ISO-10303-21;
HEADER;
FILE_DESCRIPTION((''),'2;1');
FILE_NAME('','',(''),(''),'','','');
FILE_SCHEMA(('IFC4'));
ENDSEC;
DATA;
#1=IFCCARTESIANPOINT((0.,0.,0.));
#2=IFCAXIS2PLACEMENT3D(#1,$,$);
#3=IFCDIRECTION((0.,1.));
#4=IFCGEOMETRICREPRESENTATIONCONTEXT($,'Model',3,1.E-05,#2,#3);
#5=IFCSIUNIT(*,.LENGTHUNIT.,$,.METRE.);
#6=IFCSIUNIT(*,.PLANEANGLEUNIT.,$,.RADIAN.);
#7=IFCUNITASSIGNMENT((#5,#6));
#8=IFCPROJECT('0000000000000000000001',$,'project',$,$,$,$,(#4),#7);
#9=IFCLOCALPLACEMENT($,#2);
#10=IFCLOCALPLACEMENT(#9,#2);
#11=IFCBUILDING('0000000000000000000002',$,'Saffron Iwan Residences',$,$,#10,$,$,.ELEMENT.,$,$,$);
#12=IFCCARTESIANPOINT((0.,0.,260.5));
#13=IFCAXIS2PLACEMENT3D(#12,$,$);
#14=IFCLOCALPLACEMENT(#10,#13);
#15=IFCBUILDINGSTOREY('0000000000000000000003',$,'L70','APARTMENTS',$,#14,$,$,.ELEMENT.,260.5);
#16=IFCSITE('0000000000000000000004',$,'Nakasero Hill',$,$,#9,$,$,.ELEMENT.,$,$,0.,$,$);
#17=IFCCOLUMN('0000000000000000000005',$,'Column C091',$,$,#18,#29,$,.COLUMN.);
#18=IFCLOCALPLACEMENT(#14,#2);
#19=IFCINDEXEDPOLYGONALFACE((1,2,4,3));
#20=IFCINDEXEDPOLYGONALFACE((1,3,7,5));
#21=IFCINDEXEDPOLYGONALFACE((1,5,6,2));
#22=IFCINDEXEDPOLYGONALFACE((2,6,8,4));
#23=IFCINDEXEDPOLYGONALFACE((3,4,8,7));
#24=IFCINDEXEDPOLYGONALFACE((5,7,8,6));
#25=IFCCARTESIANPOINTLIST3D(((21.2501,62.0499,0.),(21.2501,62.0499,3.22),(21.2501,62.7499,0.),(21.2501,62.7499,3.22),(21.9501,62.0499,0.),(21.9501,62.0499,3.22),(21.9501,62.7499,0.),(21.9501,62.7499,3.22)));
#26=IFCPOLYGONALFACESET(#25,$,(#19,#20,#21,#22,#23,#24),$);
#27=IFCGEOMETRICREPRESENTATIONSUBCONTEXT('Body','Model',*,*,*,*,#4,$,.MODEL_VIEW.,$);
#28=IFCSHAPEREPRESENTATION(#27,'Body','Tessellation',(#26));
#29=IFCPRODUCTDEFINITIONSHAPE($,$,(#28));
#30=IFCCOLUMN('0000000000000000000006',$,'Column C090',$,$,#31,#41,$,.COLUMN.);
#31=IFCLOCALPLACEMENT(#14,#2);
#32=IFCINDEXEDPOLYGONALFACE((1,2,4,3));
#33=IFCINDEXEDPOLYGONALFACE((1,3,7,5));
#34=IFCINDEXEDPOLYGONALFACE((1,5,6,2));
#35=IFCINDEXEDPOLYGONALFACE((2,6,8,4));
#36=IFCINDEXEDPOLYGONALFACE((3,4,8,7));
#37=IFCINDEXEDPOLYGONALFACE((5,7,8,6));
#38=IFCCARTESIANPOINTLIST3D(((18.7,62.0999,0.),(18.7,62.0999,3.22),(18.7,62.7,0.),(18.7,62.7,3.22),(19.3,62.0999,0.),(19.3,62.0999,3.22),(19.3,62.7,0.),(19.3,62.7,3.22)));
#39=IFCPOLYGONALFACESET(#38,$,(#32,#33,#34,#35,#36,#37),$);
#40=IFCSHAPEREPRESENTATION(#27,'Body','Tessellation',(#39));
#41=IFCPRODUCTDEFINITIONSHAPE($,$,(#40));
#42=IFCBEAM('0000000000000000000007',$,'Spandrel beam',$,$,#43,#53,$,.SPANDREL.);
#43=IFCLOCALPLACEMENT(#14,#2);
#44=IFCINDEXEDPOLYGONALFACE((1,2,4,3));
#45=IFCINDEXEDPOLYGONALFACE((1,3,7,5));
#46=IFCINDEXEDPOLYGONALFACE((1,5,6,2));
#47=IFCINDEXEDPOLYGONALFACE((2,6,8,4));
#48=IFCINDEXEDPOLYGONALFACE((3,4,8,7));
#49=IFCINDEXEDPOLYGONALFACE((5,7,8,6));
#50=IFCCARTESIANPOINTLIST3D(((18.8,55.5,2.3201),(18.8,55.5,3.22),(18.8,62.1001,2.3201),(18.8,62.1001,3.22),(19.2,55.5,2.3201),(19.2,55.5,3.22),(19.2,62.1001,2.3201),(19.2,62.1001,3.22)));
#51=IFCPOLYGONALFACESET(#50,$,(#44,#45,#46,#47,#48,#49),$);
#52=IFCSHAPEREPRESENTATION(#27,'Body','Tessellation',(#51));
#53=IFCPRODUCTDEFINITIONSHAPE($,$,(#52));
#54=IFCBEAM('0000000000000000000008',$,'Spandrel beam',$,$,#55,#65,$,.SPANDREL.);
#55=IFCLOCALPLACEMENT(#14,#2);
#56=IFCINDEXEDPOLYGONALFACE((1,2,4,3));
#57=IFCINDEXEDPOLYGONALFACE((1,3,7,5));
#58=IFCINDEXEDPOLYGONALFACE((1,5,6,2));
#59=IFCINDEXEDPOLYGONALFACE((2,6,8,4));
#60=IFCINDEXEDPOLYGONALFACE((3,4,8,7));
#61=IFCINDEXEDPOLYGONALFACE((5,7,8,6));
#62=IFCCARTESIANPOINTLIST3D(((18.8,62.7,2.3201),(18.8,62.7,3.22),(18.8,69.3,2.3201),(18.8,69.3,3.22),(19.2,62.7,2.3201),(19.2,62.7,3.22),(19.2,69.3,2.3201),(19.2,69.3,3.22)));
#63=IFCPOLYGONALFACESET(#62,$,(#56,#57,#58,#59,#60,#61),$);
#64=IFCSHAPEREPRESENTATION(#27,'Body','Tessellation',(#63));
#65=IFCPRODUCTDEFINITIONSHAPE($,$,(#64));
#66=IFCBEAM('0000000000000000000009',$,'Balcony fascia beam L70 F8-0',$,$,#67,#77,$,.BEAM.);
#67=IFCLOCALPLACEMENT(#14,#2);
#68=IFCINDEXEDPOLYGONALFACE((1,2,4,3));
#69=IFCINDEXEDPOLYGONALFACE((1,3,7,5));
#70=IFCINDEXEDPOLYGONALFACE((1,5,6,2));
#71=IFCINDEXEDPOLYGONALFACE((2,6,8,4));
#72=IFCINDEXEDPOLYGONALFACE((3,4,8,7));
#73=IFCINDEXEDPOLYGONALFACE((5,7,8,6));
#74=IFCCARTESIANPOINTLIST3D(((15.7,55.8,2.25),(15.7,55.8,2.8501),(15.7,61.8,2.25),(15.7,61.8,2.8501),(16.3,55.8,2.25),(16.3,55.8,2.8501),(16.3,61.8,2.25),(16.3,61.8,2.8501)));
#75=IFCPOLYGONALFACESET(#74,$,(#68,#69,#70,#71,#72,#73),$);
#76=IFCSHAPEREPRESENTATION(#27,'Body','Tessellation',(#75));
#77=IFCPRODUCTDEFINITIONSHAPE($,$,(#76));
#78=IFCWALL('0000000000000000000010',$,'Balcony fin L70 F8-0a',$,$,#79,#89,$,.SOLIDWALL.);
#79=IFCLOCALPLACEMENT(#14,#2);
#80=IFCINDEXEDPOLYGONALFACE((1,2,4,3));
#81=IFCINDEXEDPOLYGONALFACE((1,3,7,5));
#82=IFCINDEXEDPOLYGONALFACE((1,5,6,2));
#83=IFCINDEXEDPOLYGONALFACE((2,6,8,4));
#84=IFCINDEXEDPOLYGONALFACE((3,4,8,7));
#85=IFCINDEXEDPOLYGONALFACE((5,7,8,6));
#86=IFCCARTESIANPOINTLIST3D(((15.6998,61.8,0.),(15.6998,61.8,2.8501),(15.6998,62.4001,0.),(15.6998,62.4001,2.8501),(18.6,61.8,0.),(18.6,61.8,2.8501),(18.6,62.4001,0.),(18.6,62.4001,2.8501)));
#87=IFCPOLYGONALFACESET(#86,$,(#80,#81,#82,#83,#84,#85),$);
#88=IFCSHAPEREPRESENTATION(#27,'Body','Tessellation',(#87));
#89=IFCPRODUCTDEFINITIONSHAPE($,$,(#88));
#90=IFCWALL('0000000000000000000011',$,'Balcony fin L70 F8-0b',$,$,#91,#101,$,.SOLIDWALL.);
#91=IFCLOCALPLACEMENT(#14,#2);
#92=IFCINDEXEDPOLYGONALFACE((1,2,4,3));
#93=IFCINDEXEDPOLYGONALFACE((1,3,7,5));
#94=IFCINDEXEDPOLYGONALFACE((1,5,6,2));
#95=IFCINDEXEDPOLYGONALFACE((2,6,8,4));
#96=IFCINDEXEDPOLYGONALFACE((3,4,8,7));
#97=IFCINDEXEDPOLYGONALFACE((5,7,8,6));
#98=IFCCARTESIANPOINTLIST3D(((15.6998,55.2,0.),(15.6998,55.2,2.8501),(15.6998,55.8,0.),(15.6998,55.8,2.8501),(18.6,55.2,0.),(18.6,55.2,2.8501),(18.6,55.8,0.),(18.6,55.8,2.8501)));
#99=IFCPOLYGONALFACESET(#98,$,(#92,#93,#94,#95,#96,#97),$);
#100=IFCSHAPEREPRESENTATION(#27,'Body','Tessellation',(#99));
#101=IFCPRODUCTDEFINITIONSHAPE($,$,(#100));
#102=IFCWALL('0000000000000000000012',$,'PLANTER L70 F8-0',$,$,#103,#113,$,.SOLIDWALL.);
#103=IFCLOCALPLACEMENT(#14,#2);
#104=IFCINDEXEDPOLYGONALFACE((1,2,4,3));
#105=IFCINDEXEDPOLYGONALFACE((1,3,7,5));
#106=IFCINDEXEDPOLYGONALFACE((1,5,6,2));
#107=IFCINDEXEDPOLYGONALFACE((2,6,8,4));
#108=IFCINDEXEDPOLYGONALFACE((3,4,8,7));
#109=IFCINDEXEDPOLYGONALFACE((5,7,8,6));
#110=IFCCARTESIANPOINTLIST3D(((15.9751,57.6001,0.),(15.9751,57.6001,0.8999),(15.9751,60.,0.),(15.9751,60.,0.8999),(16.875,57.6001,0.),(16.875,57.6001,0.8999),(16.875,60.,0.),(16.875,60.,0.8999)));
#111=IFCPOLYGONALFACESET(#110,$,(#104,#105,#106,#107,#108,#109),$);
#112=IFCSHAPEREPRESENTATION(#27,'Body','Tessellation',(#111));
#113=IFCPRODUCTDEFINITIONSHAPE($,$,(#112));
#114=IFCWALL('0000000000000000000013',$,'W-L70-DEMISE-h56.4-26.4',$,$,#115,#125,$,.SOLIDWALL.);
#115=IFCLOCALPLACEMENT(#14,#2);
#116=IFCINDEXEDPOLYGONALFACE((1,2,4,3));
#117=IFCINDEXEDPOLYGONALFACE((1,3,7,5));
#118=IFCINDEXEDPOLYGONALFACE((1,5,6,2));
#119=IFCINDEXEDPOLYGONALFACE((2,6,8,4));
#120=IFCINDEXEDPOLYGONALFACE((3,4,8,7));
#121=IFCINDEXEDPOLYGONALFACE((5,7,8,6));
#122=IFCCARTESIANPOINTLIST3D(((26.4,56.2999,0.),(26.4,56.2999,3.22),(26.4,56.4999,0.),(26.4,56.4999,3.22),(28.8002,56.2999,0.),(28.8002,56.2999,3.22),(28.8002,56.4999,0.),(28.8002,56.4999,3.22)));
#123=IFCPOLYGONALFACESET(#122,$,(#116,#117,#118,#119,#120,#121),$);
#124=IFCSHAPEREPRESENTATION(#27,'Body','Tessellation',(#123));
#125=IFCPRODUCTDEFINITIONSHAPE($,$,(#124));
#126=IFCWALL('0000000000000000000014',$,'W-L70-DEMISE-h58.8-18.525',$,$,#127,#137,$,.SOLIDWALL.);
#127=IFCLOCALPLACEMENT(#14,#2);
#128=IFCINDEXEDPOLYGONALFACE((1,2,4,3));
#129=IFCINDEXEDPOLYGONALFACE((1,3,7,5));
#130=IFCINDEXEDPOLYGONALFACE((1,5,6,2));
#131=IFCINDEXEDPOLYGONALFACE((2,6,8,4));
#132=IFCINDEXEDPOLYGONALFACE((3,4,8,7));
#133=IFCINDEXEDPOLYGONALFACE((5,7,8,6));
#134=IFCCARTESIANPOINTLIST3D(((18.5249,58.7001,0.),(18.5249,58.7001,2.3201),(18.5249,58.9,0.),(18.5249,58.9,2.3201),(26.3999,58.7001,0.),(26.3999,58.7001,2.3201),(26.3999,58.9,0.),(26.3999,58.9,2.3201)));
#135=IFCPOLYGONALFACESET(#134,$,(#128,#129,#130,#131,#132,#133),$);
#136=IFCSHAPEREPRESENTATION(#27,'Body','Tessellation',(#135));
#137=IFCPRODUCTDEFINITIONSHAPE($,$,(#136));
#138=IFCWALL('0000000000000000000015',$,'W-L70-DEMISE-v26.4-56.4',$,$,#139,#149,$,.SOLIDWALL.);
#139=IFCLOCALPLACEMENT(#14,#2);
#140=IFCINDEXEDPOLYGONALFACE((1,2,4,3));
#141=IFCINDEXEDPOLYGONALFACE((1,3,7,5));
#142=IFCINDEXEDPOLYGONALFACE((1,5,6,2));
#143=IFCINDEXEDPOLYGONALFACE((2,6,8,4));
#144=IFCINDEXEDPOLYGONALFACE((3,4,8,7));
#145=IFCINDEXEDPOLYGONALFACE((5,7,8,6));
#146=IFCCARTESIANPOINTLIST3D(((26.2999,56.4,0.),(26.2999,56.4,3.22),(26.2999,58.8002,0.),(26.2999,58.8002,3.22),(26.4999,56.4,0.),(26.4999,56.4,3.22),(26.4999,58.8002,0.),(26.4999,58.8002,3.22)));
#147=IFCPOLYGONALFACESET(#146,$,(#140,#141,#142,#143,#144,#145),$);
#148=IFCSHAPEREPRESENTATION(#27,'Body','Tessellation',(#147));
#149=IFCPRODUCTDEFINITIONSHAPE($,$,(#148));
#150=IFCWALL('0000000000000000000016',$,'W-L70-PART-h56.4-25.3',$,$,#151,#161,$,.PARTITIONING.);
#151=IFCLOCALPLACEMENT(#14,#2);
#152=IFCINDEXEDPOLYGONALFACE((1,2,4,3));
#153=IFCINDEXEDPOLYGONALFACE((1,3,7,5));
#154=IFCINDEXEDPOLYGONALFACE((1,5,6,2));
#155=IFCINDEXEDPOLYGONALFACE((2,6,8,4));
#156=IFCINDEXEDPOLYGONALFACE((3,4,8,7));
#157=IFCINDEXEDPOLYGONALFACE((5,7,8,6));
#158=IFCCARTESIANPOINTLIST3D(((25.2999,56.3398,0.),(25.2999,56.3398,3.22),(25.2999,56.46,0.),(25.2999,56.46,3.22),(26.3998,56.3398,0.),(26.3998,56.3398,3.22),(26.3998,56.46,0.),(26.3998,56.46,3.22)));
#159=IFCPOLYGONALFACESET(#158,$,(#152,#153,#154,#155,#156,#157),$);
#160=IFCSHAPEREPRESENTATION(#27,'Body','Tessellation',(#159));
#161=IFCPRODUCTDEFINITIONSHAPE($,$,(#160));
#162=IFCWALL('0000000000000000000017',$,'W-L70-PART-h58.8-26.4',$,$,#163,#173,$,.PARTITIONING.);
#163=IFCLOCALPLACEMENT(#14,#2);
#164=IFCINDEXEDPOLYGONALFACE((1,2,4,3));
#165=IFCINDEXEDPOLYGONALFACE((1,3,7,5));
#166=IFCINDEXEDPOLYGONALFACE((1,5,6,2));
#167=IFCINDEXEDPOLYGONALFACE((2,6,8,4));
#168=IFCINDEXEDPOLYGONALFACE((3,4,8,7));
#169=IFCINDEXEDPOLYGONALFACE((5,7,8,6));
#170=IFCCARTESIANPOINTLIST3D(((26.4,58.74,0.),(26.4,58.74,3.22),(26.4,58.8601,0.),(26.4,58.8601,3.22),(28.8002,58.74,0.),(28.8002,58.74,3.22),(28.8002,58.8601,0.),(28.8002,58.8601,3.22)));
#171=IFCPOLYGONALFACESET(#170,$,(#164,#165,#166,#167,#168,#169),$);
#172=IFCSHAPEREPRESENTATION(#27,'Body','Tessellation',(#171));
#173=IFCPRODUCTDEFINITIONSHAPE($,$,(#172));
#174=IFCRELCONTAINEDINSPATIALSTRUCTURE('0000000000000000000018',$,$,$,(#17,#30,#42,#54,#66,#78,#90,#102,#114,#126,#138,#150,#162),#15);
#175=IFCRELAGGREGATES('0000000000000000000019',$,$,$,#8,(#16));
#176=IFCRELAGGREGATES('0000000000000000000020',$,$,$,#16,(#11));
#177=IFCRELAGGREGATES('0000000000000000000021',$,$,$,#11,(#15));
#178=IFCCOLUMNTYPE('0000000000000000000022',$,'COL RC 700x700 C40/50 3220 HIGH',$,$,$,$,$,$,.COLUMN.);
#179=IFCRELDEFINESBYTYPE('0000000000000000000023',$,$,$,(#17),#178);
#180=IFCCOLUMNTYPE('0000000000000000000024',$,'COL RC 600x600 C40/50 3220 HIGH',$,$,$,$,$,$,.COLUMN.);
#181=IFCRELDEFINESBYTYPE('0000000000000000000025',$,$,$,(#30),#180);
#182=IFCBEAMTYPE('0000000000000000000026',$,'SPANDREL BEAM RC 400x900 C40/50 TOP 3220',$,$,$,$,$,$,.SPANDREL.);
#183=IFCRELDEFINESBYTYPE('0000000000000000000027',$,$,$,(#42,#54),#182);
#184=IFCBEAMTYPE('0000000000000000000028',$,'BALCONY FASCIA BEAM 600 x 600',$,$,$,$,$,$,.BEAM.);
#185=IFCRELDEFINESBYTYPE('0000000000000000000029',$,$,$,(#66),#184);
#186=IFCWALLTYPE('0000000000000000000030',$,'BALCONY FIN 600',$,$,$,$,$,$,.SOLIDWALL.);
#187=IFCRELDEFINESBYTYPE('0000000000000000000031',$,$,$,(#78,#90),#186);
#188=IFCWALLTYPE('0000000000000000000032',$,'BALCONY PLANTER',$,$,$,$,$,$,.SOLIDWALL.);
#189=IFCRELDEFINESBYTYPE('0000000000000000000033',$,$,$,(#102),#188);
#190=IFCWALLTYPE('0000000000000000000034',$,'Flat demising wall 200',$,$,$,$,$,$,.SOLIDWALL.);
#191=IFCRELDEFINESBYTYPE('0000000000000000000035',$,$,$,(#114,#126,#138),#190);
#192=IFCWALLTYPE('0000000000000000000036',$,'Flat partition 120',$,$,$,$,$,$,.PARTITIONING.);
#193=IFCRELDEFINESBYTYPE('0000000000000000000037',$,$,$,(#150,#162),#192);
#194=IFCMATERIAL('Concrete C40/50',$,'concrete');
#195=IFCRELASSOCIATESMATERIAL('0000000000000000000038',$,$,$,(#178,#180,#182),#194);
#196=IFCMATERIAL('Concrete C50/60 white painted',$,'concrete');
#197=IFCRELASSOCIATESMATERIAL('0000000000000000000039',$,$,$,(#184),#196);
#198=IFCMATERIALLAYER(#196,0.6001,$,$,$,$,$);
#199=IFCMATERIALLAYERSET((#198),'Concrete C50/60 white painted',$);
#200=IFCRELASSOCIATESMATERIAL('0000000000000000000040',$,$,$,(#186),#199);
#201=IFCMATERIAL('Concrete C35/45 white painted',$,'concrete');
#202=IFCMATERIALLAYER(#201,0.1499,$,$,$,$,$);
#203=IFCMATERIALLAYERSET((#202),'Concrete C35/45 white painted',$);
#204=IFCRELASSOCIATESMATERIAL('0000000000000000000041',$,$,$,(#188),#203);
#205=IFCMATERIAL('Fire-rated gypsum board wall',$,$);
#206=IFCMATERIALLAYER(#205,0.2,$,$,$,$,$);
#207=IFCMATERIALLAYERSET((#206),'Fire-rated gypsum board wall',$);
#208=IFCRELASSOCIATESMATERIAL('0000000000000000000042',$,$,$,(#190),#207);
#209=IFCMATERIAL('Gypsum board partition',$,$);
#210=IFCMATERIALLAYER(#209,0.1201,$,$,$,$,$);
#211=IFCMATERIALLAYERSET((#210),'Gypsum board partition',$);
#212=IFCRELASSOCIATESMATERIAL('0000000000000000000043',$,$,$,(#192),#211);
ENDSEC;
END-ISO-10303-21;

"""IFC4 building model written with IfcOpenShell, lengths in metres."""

from ifc_helpers import new_model, si_unit, direction, frame, frame_2d, origin, origin_2d, place, context, subcontext, project, spatial, rectangle, extrude, source, transform, mapped, material, layer, layer_set, material_profile, profile_set, type_object, element, save


model = new_model("IFC4")

# Units and contexts
model_context = context("Model", 3, precision=1e-05, world=origin(), true_north=direction((0.0, 1.0)))
body_context = subcontext(model_context, "Body", "Model", "MODEL_VIEW")
ifc_project = project(units=[si_unit("LENGTHUNIT", "METRE"), si_unit("PLANEANGLEUNIT", "RADIAN")], contexts=[model_context])

# Site, building, storey
site_placement = place(None, origin())
site = spatial("IfcSite", under=ifc_project, at=site_placement, Name="Nakasero Hill", CompositionType="ELEMENT", RefElevation=0.0)
building_placement = place(site_placement, origin())
building = spatial("IfcBuilding", under=site, at=building_placement, Name="Saffron Iwan Residences", CompositionType="ELEMENT")
storey_placement = place(building_placement, frame((0.0, 0.0, 260.5)))
storey = spatial("IfcBuildingStorey", under=building, at=storey_placement, Name="L70", Description="APARTMENTS", CompositionType="ELEMENT", Elevation=260.5)

# Columns
ifc_material_1 = material(Name="Concrete C40/50", Category="concrete")
ifc_material_profile_1 = material_profile(ifc_material_1, rectangle(XDim=0.7, YDim=0.7, at=origin_2d()), Name="RC 700x700")
ifc_profile_set_1 = profile_set([ifc_material_profile_1], Name="Concrete C40/50")
column_type_1 = type_object("IfcColumnType", Name="COL RC 700x700 C40/50 3220 HIGH", PredefinedType="COLUMN", material=ifc_profile_set_1)
shared_shape_1 = source(origin(), body_context, "Body", "SweptSolid", [
    extrude(rectangle(XDim=0.7, YDim=0.7, at=origin_2d()), origin(), (0.0, 0.0, 1.0), 3.22),
])
column_1_placement = place(storey_placement, frame((21.6001, 62.3999, 0.0), z_axis=(0.0, 0.0, 1.0), x_axis=(1.0, 0.0, 0.0)))
element("IfcColumn", 1, at=column_1_placement, inside=storey, type_object=column_type_1, Name="Column C091", PredefinedType="COLUMN", context=body_context, shape_type="MappedRepresentation", body=[
    mapped(shared_shape_1, transform((0.0, 0.0, 0.0))),
])
ifc_material_profile_2 = material_profile(ifc_material_1, rectangle(XDim=0.6001, YDim=0.6001, at=origin_2d()), Name="RC 600x600")
ifc_profile_set_2 = profile_set([ifc_material_profile_2], Name="Concrete C40/50")
column_type_2 = type_object("IfcColumnType", Name="COL RC 600x600 C40/50 3220 HIGH", PredefinedType="COLUMN", material=ifc_profile_set_2)
shared_shape_2 = source(origin(), body_context, "Body", "SweptSolid", [
    extrude(rectangle(XDim=0.6001, YDim=0.6001, at=origin_2d()), origin(), (0.0, 0.0, 1.0), 3.22),
])
column_2_placement = place(storey_placement, frame((19.0, 62.3999, 0.0), z_axis=(0.0, 0.0, 1.0), x_axis=(1.0, 0.0, 0.0)))
element("IfcColumn", 2, at=column_2_placement, inside=storey, type_object=column_type_2, Name="Column C090", PredefinedType="COLUMN", context=body_context, shape_type="MappedRepresentation", body=[
    mapped(shared_shape_2, transform((0.0, 0.0, 0.0))),
])

# Beams
ifc_material_profile_3 = material_profile(ifc_material_1, rectangle(XDim=0.3999, YDim=0.8999, at=origin_2d()), Name="RC 400x900")
ifc_profile_set_3 = profile_set([ifc_material_profile_3], Name="Concrete C40/50")
beam_type_1 = type_object("IfcBeamType", Name="SPANDREL BEAM RC 400x900 C40/50 TOP 3220", PredefinedType="SPANDREL", material=ifc_profile_set_3)
shared_shape_3 = source(origin(), body_context, "Body", "SweptSolid", [
    extrude(rectangle(XDim=0.3999, YDim=0.8999, at=origin_2d()), origin(), (0.0, 0.0, 1.0), 6.6001),
])
for number, where, z_axis, x_axis, name in (
    (3, (19.0, 55.5, 2.77), (0.0, 1.0, 0.0), (-1.0, 0.0, 0.0), "Spandrel beam"),
    (4, (19.0, 62.7, 2.77), (0.0, 1.0, 0.0), (-1.0, 0.0, 0.0), "Spandrel beam"),
):
    element("IfcBeam", number, at=place(storey_placement, frame(where, z_axis=z_axis, x_axis=x_axis)), inside=storey, type_object=beam_type_1, Name=name, PredefinedType="SPANDREL", context=body_context, shape_type="MappedRepresentation", body=[
        mapped(shared_shape_3, transform((0.0, 0.0, 0.0))),
    ])
ifc_material_2 = material(Name="Concrete C50/60 white painted", Category="concrete")
ifc_material_profile_4 = material_profile(ifc_material_2, rectangle(XDim=0.6001, YDim=0.6001, at=origin_2d()), Name="BALCONY FASCIA BEAM 600 x 600")
ifc_profile_set_4 = profile_set([ifc_material_profile_4], Name="Concrete C50/60 white painted")
beam_type_2 = type_object("IfcBeamType", Name="BALCONY FASCIA BEAM 600 x 600", PredefinedType="BEAM", material=ifc_profile_set_4)
shared_shape_4 = source(origin(), body_context, "Body", "SweptSolid", [
    extrude(rectangle(XDim=0.6001, YDim=0.6001, at=origin_2d()), origin(), (0.0, 0.0, 1.0), 6.0),
])
beam_placement = place(storey_placement, frame((16.0, 61.8, 2.55), z_axis=(0.0, -1.0, 0.0), x_axis=(1.0, 0.0, 0.0)))
element("IfcBeam", 5, at=beam_placement, inside=storey, type_object=beam_type_2, Name="Balcony fascia beam L70 F8-0", PredefinedType="BEAM", context=body_context, shape_type="MappedRepresentation", body=[
    mapped(shared_shape_4, transform((0.0, 0.0, 0.0))),
])

# Walls
ifc_layer_1 = layer(ifc_material_2, 0.6001)
ifc_layer_set_1 = layer_set([ifc_layer_1], Name="Concrete C50/60 white painted")
wall_type_1 = type_object("IfcWallType", Name="BALCONY FIN 600", PredefinedType="SOLIDWALL", material=ifc_layer_set_1)
for number, where, z_axis, x_axis, name in (
    (6, (18.6001, 62.1001, 0.0), (0.0, 0.0, 1.0), (-1.0, 0.0, 0.0), "Balcony fin L70 F8-0a"),
    (7, (18.6001, 55.5, 0.0), (0.0, 0.0, 1.0), (-1.0, 0.0, 0.0), "Balcony fin L70 F8-0b"),
):
    element("IfcWall", number, at=place(storey_placement, frame(where, z_axis=z_axis, x_axis=x_axis)), inside=storey, type_object=wall_type_1, Name=name, PredefinedType="SOLIDWALL", context=body_context, shape_type="SweptSolid", body=[
        extrude(rectangle(XDim=2.9001, YDim=0.6001, at=frame_2d((1.4502, 0.0))), origin(), (0.0, 0.0, 1.0), 2.8501),
    ])
ifc_material_3 = material(Name="Concrete C35/45 white painted", Category="concrete")
ifc_layer_2 = layer(ifc_material_3, 0.1499)
ifc_layer_set_2 = layer_set([ifc_layer_2], Name="Concrete C35/45 white painted")
wall_type_2 = type_object("IfcWallType", Name="BALCONY PLANTER", PredefinedType="SOLIDWALL", material=ifc_layer_set_2)
wall_1_placement = place(storey_placement, frame((16.425, 60.0, 0.0), z_axis=(0.0, 0.0, 1.0), x_axis=(0.0, -1.0, 0.0)))
element("IfcWall", 8, at=wall_1_placement, inside=storey, type_object=wall_type_2, Name="PLANTER L70 F8-0", PredefinedType="SOLIDWALL", context=body_context, shape_type="SweptSolid", body=[
    extrude(rectangle(XDim=2.3999, YDim=0.8999, at=frame_2d((1.2, 0.0))), origin(), (0.0, 0.0, 1.0), 0.8999),
])

# Walls
ifc_material_4 = material(Name="Fire-rated gypsum board wall")
ifc_layer_3 = layer(ifc_material_4, 0.2)
ifc_layer_set_3 = layer_set([ifc_layer_3], Name="Fire-rated gypsum board wall")
wall_type_3 = type_object("IfcWallType", Name="Flat demising wall 200", PredefinedType="SOLIDWALL", material=ifc_layer_set_3)
wall_2_placement = place(storey_placement, frame((26.3999, 56.3999, 0.0), z_axis=(0.0, 0.0, 1.0), x_axis=(1.0, 0.0, 0.0)))
element("IfcWall", 9, at=wall_2_placement, inside=storey, type_object=wall_type_3, Name="W-L70-DEMISE-h56.4-26.4", PredefinedType="SOLIDWALL", context=body_context, shape_type="SweptSolid", body=[
    extrude(rectangle(XDim=2.4001, YDim=0.2, at=frame_2d((1.2002, 0.0))), origin(), (0.0, 0.0, 1.0), 3.22),
])
wall_3_placement = place(storey_placement, frame((18.5249, 58.8, 0.0), z_axis=(0.0, 0.0, 1.0), x_axis=(1.0, 0.0, 0.0)))
element("IfcWall", 10, at=wall_3_placement, inside=storey, type_object=wall_type_3, Name="W-L70-DEMISE-h58.8-18.525", PredefinedType="SOLIDWALL", context=body_context, shape_type="SweptSolid", body=[
    extrude(rectangle(XDim=7.875, YDim=0.2, at=frame_2d((3.9375, 0.0))), origin(), (0.0, 0.0, 1.0), 2.3201),
])
wall_4_placement = place(storey_placement, frame((26.3999, 56.3999, 0.0), z_axis=(0.0, 0.0, 1.0), x_axis=(0.0, 1.0, 0.0)))
element("IfcWall", 11, at=wall_4_placement, inside=storey, type_object=wall_type_3, Name="W-L70-DEMISE-v26.4-56.4", PredefinedType="SOLIDWALL", context=body_context, shape_type="SweptSolid", body=[
    extrude(rectangle(XDim=2.4001, YDim=0.2, at=frame_2d((1.2002, 0.0))), origin(), (0.0, 0.0, 1.0), 3.22),
])
ifc_material_5 = material(Name="Gypsum board partition")
ifc_layer_4 = layer(ifc_material_5, 0.1201)
ifc_layer_set_4 = layer_set([ifc_layer_4], Name="Gypsum board partition")
wall_type_4 = type_object("IfcWallType", Name="Flat partition 120", PredefinedType="PARTITIONING", material=ifc_layer_set_4)
wall_5_placement = place(storey_placement, frame((25.3, 56.3999, 0.0), z_axis=(0.0, 0.0, 1.0), x_axis=(1.0, 0.0, 0.0)))
element("IfcWall", 12, at=wall_5_placement, inside=storey, type_object=wall_type_4, Name="W-L70-PART-h56.4-25.3", PredefinedType="PARTITIONING", context=body_context, shape_type="SweptSolid", body=[
    extrude(rectangle(XDim=1.0999, YDim=0.1201, at=frame_2d((0.5498, 0.0))), origin(), (0.0, 0.0, 1.0), 3.22),
])
wall_6_placement = place(storey_placement, frame((26.3999, 58.8, 0.0), z_axis=(0.0, 0.0, 1.0), x_axis=(1.0, 0.0, 0.0)))
element("IfcWall", 13, at=wall_6_placement, inside=storey, type_object=wall_type_4, Name="W-L70-PART-h58.8-26.4", PredefinedType="PARTITIONING", context=body_context, shape_type="SweptSolid", body=[
    extrude(rectangle(XDim=2.4001, YDim=0.1201, at=frame_2d((1.2002, 0.0))), origin(), (0.0, 0.0, 1.0), 3.22),
])

save(model, "model.ifc")
